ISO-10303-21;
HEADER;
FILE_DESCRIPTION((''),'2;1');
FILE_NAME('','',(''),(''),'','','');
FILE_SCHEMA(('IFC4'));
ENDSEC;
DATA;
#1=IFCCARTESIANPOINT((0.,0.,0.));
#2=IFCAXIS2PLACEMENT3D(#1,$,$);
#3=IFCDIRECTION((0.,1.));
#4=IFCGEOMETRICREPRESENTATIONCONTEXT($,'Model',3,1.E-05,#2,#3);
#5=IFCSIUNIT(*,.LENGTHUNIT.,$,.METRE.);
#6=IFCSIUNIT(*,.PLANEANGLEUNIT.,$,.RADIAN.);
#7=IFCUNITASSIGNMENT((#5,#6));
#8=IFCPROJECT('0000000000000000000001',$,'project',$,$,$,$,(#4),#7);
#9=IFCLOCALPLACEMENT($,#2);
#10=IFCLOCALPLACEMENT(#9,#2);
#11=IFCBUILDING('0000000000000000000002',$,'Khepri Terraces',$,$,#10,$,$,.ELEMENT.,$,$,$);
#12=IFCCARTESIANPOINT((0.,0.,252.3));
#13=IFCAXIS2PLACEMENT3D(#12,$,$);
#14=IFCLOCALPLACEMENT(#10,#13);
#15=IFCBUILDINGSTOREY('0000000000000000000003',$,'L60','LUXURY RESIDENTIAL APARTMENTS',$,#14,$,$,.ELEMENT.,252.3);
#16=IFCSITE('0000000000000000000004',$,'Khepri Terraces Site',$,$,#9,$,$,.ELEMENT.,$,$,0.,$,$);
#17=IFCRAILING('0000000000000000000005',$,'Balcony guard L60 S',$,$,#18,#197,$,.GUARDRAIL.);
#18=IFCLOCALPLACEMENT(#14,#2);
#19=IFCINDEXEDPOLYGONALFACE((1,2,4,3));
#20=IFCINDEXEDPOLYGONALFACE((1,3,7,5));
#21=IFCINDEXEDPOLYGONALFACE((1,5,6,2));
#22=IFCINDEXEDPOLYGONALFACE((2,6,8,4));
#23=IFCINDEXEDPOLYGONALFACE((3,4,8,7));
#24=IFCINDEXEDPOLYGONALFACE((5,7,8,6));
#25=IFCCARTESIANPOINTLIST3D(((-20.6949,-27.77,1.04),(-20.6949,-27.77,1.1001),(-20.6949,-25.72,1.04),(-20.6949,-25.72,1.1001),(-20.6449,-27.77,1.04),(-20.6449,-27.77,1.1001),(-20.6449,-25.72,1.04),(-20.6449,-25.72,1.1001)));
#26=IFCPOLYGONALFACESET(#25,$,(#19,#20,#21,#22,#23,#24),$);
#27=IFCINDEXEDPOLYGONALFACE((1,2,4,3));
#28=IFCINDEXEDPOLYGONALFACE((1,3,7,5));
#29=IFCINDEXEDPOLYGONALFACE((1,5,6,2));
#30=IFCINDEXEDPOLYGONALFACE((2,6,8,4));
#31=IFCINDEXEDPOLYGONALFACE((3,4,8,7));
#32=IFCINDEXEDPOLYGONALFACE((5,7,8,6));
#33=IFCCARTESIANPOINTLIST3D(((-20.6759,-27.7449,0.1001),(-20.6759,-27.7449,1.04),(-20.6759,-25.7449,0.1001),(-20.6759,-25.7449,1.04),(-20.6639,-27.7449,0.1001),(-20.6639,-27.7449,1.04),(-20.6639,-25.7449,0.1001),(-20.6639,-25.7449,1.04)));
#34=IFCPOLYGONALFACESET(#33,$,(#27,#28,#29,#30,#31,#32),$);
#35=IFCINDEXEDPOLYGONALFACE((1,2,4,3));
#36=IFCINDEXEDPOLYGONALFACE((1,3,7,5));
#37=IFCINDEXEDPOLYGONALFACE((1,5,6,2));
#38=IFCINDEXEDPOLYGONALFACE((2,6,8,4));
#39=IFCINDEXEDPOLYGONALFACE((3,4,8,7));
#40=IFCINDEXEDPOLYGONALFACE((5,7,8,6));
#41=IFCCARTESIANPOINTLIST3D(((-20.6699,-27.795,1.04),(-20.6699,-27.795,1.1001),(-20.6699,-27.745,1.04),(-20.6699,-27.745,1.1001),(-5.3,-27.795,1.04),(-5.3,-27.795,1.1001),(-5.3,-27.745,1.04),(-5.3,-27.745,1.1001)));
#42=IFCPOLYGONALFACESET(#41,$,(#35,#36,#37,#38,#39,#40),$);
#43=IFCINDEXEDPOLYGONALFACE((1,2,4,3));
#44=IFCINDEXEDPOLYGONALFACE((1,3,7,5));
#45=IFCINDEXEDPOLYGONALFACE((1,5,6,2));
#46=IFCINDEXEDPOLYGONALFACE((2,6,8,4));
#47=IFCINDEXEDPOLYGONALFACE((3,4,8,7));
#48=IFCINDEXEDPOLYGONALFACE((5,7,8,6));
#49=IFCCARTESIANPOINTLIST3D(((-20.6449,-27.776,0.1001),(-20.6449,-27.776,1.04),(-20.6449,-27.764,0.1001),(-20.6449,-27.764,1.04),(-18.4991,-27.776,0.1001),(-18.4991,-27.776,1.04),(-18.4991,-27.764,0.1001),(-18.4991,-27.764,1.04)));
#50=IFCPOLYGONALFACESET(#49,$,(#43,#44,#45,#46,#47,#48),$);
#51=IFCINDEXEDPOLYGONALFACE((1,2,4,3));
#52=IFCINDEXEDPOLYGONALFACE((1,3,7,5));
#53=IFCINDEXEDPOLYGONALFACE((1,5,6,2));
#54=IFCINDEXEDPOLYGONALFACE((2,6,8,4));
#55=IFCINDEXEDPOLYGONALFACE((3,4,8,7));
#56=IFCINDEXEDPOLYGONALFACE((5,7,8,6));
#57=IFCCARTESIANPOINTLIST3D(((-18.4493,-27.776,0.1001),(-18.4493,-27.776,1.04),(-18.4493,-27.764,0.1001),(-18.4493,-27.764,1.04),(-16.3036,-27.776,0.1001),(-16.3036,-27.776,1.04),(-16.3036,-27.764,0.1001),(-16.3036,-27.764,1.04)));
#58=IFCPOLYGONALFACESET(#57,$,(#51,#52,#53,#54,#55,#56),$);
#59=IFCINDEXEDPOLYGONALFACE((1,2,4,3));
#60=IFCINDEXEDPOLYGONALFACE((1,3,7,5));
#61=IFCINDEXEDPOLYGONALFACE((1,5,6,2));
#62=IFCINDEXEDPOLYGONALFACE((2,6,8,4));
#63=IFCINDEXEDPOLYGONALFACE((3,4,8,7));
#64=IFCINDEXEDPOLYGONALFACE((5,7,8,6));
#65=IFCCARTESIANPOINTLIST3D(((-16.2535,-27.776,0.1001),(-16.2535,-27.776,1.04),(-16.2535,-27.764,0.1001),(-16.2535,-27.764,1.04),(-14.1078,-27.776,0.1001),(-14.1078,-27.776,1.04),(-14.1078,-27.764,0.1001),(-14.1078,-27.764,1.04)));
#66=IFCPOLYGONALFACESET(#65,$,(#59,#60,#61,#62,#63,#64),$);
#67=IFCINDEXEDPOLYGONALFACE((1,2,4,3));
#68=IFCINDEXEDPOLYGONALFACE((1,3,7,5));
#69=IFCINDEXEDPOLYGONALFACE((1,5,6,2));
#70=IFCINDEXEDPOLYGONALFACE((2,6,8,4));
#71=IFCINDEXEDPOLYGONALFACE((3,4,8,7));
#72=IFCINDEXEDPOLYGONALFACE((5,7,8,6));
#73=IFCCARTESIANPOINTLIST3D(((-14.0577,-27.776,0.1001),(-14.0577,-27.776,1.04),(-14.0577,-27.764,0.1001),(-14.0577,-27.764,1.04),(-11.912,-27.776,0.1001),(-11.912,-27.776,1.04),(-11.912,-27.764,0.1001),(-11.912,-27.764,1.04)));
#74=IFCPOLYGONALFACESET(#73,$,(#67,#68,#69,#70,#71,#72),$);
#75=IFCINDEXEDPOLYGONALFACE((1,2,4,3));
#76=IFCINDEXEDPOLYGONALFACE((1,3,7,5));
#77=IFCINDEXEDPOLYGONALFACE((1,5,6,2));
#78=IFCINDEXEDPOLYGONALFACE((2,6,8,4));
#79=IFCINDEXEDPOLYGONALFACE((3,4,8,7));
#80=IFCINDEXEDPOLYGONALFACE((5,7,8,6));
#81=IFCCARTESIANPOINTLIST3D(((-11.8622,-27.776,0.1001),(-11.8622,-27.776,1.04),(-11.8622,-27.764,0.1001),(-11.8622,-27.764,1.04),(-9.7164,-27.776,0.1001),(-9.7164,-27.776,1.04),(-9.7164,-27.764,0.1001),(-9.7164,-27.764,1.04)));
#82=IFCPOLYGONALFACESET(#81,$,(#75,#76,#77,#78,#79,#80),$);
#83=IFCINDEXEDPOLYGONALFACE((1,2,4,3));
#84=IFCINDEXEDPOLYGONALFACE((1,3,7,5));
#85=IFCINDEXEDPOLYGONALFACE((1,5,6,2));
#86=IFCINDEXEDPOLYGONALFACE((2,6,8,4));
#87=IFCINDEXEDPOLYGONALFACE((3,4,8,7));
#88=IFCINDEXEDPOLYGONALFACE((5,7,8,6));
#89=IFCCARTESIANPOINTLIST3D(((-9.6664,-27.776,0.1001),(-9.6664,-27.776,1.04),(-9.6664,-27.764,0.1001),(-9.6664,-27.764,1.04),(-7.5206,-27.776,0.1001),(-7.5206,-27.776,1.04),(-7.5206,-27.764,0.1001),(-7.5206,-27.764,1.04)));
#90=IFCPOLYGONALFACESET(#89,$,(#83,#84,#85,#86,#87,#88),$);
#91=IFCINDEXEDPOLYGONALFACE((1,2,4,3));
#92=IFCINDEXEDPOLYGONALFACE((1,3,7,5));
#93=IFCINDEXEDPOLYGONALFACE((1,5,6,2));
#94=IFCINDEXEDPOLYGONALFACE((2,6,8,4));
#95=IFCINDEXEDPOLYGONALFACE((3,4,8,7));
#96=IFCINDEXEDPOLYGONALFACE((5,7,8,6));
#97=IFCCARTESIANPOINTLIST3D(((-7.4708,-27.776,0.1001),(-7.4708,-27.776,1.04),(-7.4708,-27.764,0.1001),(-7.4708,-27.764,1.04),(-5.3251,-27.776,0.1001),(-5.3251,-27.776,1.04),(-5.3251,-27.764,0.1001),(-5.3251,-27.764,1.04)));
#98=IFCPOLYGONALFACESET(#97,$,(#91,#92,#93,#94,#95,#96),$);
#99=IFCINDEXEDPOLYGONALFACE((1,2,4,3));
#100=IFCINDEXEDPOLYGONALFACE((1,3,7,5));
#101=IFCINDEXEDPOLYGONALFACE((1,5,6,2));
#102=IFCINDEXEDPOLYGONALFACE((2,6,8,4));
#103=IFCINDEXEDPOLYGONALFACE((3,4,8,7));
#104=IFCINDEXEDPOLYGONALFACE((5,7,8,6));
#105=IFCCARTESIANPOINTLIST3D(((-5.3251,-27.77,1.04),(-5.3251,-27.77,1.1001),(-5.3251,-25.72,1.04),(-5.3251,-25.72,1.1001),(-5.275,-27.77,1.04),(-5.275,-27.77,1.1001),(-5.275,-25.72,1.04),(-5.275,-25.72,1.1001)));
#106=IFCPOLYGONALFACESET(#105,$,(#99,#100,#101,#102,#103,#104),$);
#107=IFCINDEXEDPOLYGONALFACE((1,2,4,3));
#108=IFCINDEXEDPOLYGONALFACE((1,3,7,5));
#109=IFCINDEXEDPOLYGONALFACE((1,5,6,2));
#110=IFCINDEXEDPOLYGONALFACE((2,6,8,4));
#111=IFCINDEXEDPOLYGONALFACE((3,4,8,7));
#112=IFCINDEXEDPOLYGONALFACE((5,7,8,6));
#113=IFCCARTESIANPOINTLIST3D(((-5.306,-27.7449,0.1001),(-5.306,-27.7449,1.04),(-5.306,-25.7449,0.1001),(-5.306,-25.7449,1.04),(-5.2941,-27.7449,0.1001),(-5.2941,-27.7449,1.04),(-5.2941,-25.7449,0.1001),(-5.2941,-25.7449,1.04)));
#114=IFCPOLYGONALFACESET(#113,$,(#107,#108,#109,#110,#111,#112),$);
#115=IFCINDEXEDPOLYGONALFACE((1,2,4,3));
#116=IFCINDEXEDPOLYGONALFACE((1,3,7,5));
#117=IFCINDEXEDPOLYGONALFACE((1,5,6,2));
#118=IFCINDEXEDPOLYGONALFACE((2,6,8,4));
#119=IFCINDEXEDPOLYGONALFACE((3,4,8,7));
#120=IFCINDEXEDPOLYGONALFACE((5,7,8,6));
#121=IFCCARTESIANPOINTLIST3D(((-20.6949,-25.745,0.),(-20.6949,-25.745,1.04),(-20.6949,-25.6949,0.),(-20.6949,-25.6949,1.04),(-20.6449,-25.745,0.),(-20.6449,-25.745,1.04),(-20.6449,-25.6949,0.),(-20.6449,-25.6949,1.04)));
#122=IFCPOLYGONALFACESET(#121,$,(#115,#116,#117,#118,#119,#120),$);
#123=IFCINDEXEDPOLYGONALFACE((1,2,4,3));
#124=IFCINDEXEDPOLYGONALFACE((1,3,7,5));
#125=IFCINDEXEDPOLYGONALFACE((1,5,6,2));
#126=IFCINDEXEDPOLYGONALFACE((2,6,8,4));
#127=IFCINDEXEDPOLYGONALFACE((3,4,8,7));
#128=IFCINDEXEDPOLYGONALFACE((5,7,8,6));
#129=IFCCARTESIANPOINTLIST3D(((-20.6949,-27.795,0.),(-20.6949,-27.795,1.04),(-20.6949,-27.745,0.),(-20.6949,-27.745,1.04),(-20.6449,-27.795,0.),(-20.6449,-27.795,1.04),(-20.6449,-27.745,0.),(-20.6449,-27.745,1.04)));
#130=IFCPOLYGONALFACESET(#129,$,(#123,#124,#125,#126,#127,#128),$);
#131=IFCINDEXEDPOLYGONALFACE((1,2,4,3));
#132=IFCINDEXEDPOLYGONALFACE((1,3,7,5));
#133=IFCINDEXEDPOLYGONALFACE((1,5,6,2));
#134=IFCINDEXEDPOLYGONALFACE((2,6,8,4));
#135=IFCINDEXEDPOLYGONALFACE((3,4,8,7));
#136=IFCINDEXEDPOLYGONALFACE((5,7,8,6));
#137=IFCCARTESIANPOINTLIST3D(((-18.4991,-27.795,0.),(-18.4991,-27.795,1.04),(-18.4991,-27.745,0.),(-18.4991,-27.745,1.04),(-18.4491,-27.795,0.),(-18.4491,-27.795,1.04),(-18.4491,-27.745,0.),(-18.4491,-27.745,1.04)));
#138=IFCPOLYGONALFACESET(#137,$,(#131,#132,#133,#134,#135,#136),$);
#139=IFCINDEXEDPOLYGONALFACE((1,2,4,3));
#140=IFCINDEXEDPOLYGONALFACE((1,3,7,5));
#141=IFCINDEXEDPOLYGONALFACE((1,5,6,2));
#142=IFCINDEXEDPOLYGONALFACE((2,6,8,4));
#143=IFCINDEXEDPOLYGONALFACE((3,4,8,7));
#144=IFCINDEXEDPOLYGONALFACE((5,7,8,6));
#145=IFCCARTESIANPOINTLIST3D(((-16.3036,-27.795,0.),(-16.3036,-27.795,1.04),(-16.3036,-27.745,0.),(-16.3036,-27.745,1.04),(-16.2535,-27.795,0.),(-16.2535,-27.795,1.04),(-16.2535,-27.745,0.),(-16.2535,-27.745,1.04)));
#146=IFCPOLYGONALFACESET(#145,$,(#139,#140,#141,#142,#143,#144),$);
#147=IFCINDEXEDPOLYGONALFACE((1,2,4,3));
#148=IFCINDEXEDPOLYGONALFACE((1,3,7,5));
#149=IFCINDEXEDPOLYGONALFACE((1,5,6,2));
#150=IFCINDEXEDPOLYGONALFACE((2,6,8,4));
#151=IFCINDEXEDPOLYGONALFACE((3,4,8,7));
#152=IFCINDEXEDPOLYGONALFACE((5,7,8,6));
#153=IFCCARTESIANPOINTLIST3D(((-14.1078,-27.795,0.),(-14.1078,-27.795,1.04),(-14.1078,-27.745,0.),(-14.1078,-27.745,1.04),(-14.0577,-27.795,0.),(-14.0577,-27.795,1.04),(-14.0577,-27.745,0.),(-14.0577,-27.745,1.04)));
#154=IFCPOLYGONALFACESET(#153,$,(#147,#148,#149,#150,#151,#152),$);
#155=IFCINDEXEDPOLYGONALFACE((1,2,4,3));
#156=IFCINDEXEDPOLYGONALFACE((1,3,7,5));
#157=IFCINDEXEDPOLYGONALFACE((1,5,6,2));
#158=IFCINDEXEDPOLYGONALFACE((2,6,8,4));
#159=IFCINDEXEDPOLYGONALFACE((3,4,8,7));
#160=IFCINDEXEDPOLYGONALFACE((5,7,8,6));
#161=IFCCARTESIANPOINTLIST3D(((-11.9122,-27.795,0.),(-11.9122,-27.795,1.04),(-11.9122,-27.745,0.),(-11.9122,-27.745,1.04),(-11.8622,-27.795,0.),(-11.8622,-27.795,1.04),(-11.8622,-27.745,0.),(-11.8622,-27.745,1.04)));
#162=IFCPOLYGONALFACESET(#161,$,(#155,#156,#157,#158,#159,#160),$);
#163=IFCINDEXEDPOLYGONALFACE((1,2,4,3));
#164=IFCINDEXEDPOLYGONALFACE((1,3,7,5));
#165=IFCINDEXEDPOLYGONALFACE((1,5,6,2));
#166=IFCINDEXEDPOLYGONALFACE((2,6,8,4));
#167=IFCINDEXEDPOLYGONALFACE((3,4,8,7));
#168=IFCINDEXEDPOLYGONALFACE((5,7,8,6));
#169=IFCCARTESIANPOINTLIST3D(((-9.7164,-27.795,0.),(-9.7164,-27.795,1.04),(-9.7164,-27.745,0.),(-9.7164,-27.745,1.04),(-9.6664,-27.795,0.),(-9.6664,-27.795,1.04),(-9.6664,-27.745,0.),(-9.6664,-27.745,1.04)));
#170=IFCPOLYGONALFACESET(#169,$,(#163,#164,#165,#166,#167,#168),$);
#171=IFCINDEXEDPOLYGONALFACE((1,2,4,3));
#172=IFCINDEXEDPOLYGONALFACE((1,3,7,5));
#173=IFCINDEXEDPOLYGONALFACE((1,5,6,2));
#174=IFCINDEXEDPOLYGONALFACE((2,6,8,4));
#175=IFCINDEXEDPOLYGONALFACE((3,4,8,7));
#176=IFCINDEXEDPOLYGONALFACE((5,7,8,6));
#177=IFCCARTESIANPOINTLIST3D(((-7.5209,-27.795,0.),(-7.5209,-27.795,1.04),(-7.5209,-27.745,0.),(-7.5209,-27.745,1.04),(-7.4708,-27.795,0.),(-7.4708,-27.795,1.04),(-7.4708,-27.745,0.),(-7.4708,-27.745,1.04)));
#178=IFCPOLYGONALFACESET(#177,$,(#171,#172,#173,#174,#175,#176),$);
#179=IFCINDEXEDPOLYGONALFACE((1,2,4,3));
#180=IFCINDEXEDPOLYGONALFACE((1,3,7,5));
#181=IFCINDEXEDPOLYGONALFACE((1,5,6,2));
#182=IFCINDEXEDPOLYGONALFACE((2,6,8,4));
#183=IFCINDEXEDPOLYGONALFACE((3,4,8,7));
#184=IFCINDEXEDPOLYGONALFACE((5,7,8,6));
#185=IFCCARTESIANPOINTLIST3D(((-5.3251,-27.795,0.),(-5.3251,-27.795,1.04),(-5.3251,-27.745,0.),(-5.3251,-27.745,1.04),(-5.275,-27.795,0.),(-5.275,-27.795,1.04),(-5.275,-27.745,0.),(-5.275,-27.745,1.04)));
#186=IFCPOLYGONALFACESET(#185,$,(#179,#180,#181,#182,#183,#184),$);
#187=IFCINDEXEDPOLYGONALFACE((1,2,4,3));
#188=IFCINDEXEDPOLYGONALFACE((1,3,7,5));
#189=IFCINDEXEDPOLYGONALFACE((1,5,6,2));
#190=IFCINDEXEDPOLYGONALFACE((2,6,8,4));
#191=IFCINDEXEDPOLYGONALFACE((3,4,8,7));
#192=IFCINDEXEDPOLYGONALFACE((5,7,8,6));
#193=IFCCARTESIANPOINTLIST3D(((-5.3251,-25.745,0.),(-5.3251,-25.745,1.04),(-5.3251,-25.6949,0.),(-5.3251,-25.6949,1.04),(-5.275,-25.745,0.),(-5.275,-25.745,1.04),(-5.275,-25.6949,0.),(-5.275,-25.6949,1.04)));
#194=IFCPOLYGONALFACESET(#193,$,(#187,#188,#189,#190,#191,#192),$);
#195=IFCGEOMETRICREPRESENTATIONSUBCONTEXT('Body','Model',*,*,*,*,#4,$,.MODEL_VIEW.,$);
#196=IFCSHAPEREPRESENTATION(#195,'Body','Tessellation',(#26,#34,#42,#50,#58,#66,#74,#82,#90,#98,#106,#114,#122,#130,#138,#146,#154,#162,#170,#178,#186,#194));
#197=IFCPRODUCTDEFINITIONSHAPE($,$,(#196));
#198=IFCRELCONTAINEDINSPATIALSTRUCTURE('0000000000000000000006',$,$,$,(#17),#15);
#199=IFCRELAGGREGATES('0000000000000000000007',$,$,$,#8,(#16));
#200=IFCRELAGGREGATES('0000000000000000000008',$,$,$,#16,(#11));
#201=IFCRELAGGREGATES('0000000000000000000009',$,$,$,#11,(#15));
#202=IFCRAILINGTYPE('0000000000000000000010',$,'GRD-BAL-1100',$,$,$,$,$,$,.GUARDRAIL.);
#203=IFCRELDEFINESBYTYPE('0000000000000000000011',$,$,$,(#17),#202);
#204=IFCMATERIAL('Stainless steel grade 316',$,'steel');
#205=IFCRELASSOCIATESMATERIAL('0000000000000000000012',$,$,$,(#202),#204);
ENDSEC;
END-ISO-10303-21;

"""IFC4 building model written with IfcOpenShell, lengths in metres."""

from ifc_helpers import new_model, si_unit, direction, frame, origin, origin_2d, place, context, subcontext, project, spatial, rectangle, extrude, material, type_object, element, save


model = new_model("IFC4")

# Units and contexts
model_context = context("Model", 3, precision=1e-05, world=origin(), true_north=direction((0.0, 1.0)))
body_context = subcontext(model_context, "Body", "Model", "MODEL_VIEW")
ifc_project = project(units=[si_unit("LENGTHUNIT", "METRE"), si_unit("PLANEANGLEUNIT", "RADIAN")], contexts=[model_context])

# Site, building, storey
site_placement = place(None, origin())
site = spatial("IfcSite", under=ifc_project, at=site_placement, Name="Khepri Terraces Site", CompositionType="ELEMENT", RefElevation=0.0)
building_placement = place(site_placement, origin())
building = spatial("IfcBuilding", under=site, at=building_placement, Name="Khepri Terraces", CompositionType="ELEMENT")
storey_placement = place(building_placement, frame((0.0, 0.0, 252.3)))
storey = spatial("IfcBuildingStorey", under=building, at=storey_placement, Name="L60", Description="LUXURY RESIDENTIAL APARTMENTS", CompositionType="ELEMENT", Elevation=252.3)

# Railing
ifc_material_1 = material(Name="Stainless steel grade 316", Category="steel")
railing_type = type_object("IfcRailingType", Name="GRD-BAL-1100", PredefinedType="GUARDRAIL", material=ifc_material_1)
railing_placement = place(storey_placement, frame((-20.6699, -25.72, 0.0)))
element("IfcRailing", 1, at=railing_placement, inside=storey, type_object=railing_type, Name="Balcony guard L60 S", PredefinedType="GUARDRAIL", context=body_context, shape_type="SweptSolid", body=[
    extrude(rectangle(XDim=0.05, YDim=0.0601, at=origin_2d()), frame((0.0, 0.0, 1.0701), z_axis=(0.0, -1.0, 0.0), x_axis=(1.0, 0.0, 0.0)), (0.0, 0.0, 1.0), 2.05),
    extrude(rectangle(XDim=2.0, YDim=0.012, at=origin_2d()), frame((0.0, -1.0249, 0.1001), z_axis=(0.0, 0.0, 1.0), x_axis=(0.0, -1.0, 0.0)), (0.0, 0.0, 1.0), 0.9399),
    extrude(rectangle(XDim=0.05, YDim=0.0601, at=origin_2d()), frame((0.0, -2.05, 1.0701), z_axis=(1.0, 0.0, 0.0), x_axis=(0.0, 1.0, 0.0)), (0.0, 0.0, 1.0), 15.3699),
    extrude(rectangle(XDim=2.1458, YDim=0.012, at=origin_2d()), frame((1.0979, -2.05, 0.1001), z_axis=(0.0, 0.0, 1.0), x_axis=(1.0, 0.0, 0.0)), (0.0, 0.0, 1.0), 0.9399),
    extrude(rectangle(XDim=2.1458, YDim=0.012, at=origin_2d()), frame((3.2935, -2.05, 0.1001), z_axis=(0.0, 0.0, 1.0), x_axis=(1.0, 0.0, 0.0)), (0.0, 0.0, 1.0), 0.9399),
    extrude(rectangle(XDim=2.1458, YDim=0.012, at=origin_2d()), frame((5.4893, -2.05, 0.1001), z_axis=(0.0, 0.0, 1.0), x_axis=(1.0, 0.0, 0.0)), (0.0, 0.0, 1.0), 0.9399),
    extrude(rectangle(XDim=2.1458, YDim=0.012, at=origin_2d()), frame((7.6851, -2.05, 0.1001), z_axis=(0.0, 0.0, 1.0), x_axis=(1.0, 0.0, 0.0)), (0.0, 0.0, 1.0), 0.9399),
    extrude(rectangle(XDim=2.1458, YDim=0.012, at=origin_2d()), frame((9.8806, -2.05, 0.1001), z_axis=(0.0, 0.0, 1.0), x_axis=(1.0, 0.0, 0.0)), (0.0, 0.0, 1.0), 0.9399),
    extrude(rectangle(XDim=2.1458, YDim=0.012, at=origin_2d()), frame((12.0764, -2.05, 0.1001), z_axis=(0.0, 0.0, 1.0), x_axis=(1.0, 0.0, 0.0)), (0.0, 0.0, 1.0), 0.9399),
    extrude(rectangle(XDim=2.1458, YDim=0.012, at=origin_2d()), frame((14.272, -2.05, 0.1001), z_axis=(0.0, 0.0, 1.0), x_axis=(1.0, 0.0, 0.0)), (0.0, 0.0, 1.0), 0.9399),
    extrude(rectangle(XDim=0.05, YDim=0.0601, at=origin_2d()), frame((15.3699, -2.05, 1.0701), z_axis=(0.0, 1.0, 0.0), x_axis=(-1.0, 0.0, 0.0)), (0.0, 0.0, 1.0), 2.05),
    extrude(rectangle(XDim=2.0, YDim=0.012, at=origin_2d()), frame((15.3699, -1.0249, 0.1001), z_axis=(0.0, 0.0, 1.0), x_axis=(0.0, 1.0, 0.0)), (0.0, 0.0, 1.0), 0.9399),
    extrude(rectangle(XDim=0.05, YDim=0.05, at=origin_2d()), origin(), (0.0, 0.0, 1.0), 1.04),
    extrude(rectangle(XDim=0.05, YDim=0.05, at=origin_2d()), frame((0.0, -2.05, 0.0)), (0.0, 0.0, 1.0), 1.04),
    extrude(rectangle(XDim=0.05, YDim=0.05, at=origin_2d()), frame((2.1958, -2.05, 0.0)), (0.0, 0.0, 1.0), 1.04),
    extrude(rectangle(XDim=0.05, YDim=0.05, at=origin_2d()), frame((4.3914, -2.05, 0.0)), (0.0, 0.0, 1.0), 1.04),
    extrude(rectangle(XDim=0.05, YDim=0.05, at=origin_2d()), frame((6.5872, -2.05, 0.0)), (0.0, 0.0, 1.0), 1.04),
    extrude(rectangle(XDim=0.05, YDim=0.05, at=origin_2d()), frame((8.7827, -2.05, 0.0)), (0.0, 0.0, 1.0), 1.04),
    extrude(rectangle(XDim=0.05, YDim=0.05, at=origin_2d()), frame((10.9785, -2.05, 0.0)), (0.0, 0.0, 1.0), 1.04),
    extrude(rectangle(XDim=0.05, YDim=0.05, at=origin_2d()), frame((13.1741, -2.05, 0.0)), (0.0, 0.0, 1.0), 1.04),
    extrude(rectangle(XDim=0.05, YDim=0.05, at=origin_2d()), frame((15.3699, -2.05, 0.0)), (0.0, 0.0, 1.0), 1.04),
    extrude(rectangle(XDim=0.05, YDim=0.05, at=origin_2d()), frame((15.3699, 0.0, 0.0)), (0.0, 0.0, 1.0), 1.04),
])

save(model, "model.ifc")
